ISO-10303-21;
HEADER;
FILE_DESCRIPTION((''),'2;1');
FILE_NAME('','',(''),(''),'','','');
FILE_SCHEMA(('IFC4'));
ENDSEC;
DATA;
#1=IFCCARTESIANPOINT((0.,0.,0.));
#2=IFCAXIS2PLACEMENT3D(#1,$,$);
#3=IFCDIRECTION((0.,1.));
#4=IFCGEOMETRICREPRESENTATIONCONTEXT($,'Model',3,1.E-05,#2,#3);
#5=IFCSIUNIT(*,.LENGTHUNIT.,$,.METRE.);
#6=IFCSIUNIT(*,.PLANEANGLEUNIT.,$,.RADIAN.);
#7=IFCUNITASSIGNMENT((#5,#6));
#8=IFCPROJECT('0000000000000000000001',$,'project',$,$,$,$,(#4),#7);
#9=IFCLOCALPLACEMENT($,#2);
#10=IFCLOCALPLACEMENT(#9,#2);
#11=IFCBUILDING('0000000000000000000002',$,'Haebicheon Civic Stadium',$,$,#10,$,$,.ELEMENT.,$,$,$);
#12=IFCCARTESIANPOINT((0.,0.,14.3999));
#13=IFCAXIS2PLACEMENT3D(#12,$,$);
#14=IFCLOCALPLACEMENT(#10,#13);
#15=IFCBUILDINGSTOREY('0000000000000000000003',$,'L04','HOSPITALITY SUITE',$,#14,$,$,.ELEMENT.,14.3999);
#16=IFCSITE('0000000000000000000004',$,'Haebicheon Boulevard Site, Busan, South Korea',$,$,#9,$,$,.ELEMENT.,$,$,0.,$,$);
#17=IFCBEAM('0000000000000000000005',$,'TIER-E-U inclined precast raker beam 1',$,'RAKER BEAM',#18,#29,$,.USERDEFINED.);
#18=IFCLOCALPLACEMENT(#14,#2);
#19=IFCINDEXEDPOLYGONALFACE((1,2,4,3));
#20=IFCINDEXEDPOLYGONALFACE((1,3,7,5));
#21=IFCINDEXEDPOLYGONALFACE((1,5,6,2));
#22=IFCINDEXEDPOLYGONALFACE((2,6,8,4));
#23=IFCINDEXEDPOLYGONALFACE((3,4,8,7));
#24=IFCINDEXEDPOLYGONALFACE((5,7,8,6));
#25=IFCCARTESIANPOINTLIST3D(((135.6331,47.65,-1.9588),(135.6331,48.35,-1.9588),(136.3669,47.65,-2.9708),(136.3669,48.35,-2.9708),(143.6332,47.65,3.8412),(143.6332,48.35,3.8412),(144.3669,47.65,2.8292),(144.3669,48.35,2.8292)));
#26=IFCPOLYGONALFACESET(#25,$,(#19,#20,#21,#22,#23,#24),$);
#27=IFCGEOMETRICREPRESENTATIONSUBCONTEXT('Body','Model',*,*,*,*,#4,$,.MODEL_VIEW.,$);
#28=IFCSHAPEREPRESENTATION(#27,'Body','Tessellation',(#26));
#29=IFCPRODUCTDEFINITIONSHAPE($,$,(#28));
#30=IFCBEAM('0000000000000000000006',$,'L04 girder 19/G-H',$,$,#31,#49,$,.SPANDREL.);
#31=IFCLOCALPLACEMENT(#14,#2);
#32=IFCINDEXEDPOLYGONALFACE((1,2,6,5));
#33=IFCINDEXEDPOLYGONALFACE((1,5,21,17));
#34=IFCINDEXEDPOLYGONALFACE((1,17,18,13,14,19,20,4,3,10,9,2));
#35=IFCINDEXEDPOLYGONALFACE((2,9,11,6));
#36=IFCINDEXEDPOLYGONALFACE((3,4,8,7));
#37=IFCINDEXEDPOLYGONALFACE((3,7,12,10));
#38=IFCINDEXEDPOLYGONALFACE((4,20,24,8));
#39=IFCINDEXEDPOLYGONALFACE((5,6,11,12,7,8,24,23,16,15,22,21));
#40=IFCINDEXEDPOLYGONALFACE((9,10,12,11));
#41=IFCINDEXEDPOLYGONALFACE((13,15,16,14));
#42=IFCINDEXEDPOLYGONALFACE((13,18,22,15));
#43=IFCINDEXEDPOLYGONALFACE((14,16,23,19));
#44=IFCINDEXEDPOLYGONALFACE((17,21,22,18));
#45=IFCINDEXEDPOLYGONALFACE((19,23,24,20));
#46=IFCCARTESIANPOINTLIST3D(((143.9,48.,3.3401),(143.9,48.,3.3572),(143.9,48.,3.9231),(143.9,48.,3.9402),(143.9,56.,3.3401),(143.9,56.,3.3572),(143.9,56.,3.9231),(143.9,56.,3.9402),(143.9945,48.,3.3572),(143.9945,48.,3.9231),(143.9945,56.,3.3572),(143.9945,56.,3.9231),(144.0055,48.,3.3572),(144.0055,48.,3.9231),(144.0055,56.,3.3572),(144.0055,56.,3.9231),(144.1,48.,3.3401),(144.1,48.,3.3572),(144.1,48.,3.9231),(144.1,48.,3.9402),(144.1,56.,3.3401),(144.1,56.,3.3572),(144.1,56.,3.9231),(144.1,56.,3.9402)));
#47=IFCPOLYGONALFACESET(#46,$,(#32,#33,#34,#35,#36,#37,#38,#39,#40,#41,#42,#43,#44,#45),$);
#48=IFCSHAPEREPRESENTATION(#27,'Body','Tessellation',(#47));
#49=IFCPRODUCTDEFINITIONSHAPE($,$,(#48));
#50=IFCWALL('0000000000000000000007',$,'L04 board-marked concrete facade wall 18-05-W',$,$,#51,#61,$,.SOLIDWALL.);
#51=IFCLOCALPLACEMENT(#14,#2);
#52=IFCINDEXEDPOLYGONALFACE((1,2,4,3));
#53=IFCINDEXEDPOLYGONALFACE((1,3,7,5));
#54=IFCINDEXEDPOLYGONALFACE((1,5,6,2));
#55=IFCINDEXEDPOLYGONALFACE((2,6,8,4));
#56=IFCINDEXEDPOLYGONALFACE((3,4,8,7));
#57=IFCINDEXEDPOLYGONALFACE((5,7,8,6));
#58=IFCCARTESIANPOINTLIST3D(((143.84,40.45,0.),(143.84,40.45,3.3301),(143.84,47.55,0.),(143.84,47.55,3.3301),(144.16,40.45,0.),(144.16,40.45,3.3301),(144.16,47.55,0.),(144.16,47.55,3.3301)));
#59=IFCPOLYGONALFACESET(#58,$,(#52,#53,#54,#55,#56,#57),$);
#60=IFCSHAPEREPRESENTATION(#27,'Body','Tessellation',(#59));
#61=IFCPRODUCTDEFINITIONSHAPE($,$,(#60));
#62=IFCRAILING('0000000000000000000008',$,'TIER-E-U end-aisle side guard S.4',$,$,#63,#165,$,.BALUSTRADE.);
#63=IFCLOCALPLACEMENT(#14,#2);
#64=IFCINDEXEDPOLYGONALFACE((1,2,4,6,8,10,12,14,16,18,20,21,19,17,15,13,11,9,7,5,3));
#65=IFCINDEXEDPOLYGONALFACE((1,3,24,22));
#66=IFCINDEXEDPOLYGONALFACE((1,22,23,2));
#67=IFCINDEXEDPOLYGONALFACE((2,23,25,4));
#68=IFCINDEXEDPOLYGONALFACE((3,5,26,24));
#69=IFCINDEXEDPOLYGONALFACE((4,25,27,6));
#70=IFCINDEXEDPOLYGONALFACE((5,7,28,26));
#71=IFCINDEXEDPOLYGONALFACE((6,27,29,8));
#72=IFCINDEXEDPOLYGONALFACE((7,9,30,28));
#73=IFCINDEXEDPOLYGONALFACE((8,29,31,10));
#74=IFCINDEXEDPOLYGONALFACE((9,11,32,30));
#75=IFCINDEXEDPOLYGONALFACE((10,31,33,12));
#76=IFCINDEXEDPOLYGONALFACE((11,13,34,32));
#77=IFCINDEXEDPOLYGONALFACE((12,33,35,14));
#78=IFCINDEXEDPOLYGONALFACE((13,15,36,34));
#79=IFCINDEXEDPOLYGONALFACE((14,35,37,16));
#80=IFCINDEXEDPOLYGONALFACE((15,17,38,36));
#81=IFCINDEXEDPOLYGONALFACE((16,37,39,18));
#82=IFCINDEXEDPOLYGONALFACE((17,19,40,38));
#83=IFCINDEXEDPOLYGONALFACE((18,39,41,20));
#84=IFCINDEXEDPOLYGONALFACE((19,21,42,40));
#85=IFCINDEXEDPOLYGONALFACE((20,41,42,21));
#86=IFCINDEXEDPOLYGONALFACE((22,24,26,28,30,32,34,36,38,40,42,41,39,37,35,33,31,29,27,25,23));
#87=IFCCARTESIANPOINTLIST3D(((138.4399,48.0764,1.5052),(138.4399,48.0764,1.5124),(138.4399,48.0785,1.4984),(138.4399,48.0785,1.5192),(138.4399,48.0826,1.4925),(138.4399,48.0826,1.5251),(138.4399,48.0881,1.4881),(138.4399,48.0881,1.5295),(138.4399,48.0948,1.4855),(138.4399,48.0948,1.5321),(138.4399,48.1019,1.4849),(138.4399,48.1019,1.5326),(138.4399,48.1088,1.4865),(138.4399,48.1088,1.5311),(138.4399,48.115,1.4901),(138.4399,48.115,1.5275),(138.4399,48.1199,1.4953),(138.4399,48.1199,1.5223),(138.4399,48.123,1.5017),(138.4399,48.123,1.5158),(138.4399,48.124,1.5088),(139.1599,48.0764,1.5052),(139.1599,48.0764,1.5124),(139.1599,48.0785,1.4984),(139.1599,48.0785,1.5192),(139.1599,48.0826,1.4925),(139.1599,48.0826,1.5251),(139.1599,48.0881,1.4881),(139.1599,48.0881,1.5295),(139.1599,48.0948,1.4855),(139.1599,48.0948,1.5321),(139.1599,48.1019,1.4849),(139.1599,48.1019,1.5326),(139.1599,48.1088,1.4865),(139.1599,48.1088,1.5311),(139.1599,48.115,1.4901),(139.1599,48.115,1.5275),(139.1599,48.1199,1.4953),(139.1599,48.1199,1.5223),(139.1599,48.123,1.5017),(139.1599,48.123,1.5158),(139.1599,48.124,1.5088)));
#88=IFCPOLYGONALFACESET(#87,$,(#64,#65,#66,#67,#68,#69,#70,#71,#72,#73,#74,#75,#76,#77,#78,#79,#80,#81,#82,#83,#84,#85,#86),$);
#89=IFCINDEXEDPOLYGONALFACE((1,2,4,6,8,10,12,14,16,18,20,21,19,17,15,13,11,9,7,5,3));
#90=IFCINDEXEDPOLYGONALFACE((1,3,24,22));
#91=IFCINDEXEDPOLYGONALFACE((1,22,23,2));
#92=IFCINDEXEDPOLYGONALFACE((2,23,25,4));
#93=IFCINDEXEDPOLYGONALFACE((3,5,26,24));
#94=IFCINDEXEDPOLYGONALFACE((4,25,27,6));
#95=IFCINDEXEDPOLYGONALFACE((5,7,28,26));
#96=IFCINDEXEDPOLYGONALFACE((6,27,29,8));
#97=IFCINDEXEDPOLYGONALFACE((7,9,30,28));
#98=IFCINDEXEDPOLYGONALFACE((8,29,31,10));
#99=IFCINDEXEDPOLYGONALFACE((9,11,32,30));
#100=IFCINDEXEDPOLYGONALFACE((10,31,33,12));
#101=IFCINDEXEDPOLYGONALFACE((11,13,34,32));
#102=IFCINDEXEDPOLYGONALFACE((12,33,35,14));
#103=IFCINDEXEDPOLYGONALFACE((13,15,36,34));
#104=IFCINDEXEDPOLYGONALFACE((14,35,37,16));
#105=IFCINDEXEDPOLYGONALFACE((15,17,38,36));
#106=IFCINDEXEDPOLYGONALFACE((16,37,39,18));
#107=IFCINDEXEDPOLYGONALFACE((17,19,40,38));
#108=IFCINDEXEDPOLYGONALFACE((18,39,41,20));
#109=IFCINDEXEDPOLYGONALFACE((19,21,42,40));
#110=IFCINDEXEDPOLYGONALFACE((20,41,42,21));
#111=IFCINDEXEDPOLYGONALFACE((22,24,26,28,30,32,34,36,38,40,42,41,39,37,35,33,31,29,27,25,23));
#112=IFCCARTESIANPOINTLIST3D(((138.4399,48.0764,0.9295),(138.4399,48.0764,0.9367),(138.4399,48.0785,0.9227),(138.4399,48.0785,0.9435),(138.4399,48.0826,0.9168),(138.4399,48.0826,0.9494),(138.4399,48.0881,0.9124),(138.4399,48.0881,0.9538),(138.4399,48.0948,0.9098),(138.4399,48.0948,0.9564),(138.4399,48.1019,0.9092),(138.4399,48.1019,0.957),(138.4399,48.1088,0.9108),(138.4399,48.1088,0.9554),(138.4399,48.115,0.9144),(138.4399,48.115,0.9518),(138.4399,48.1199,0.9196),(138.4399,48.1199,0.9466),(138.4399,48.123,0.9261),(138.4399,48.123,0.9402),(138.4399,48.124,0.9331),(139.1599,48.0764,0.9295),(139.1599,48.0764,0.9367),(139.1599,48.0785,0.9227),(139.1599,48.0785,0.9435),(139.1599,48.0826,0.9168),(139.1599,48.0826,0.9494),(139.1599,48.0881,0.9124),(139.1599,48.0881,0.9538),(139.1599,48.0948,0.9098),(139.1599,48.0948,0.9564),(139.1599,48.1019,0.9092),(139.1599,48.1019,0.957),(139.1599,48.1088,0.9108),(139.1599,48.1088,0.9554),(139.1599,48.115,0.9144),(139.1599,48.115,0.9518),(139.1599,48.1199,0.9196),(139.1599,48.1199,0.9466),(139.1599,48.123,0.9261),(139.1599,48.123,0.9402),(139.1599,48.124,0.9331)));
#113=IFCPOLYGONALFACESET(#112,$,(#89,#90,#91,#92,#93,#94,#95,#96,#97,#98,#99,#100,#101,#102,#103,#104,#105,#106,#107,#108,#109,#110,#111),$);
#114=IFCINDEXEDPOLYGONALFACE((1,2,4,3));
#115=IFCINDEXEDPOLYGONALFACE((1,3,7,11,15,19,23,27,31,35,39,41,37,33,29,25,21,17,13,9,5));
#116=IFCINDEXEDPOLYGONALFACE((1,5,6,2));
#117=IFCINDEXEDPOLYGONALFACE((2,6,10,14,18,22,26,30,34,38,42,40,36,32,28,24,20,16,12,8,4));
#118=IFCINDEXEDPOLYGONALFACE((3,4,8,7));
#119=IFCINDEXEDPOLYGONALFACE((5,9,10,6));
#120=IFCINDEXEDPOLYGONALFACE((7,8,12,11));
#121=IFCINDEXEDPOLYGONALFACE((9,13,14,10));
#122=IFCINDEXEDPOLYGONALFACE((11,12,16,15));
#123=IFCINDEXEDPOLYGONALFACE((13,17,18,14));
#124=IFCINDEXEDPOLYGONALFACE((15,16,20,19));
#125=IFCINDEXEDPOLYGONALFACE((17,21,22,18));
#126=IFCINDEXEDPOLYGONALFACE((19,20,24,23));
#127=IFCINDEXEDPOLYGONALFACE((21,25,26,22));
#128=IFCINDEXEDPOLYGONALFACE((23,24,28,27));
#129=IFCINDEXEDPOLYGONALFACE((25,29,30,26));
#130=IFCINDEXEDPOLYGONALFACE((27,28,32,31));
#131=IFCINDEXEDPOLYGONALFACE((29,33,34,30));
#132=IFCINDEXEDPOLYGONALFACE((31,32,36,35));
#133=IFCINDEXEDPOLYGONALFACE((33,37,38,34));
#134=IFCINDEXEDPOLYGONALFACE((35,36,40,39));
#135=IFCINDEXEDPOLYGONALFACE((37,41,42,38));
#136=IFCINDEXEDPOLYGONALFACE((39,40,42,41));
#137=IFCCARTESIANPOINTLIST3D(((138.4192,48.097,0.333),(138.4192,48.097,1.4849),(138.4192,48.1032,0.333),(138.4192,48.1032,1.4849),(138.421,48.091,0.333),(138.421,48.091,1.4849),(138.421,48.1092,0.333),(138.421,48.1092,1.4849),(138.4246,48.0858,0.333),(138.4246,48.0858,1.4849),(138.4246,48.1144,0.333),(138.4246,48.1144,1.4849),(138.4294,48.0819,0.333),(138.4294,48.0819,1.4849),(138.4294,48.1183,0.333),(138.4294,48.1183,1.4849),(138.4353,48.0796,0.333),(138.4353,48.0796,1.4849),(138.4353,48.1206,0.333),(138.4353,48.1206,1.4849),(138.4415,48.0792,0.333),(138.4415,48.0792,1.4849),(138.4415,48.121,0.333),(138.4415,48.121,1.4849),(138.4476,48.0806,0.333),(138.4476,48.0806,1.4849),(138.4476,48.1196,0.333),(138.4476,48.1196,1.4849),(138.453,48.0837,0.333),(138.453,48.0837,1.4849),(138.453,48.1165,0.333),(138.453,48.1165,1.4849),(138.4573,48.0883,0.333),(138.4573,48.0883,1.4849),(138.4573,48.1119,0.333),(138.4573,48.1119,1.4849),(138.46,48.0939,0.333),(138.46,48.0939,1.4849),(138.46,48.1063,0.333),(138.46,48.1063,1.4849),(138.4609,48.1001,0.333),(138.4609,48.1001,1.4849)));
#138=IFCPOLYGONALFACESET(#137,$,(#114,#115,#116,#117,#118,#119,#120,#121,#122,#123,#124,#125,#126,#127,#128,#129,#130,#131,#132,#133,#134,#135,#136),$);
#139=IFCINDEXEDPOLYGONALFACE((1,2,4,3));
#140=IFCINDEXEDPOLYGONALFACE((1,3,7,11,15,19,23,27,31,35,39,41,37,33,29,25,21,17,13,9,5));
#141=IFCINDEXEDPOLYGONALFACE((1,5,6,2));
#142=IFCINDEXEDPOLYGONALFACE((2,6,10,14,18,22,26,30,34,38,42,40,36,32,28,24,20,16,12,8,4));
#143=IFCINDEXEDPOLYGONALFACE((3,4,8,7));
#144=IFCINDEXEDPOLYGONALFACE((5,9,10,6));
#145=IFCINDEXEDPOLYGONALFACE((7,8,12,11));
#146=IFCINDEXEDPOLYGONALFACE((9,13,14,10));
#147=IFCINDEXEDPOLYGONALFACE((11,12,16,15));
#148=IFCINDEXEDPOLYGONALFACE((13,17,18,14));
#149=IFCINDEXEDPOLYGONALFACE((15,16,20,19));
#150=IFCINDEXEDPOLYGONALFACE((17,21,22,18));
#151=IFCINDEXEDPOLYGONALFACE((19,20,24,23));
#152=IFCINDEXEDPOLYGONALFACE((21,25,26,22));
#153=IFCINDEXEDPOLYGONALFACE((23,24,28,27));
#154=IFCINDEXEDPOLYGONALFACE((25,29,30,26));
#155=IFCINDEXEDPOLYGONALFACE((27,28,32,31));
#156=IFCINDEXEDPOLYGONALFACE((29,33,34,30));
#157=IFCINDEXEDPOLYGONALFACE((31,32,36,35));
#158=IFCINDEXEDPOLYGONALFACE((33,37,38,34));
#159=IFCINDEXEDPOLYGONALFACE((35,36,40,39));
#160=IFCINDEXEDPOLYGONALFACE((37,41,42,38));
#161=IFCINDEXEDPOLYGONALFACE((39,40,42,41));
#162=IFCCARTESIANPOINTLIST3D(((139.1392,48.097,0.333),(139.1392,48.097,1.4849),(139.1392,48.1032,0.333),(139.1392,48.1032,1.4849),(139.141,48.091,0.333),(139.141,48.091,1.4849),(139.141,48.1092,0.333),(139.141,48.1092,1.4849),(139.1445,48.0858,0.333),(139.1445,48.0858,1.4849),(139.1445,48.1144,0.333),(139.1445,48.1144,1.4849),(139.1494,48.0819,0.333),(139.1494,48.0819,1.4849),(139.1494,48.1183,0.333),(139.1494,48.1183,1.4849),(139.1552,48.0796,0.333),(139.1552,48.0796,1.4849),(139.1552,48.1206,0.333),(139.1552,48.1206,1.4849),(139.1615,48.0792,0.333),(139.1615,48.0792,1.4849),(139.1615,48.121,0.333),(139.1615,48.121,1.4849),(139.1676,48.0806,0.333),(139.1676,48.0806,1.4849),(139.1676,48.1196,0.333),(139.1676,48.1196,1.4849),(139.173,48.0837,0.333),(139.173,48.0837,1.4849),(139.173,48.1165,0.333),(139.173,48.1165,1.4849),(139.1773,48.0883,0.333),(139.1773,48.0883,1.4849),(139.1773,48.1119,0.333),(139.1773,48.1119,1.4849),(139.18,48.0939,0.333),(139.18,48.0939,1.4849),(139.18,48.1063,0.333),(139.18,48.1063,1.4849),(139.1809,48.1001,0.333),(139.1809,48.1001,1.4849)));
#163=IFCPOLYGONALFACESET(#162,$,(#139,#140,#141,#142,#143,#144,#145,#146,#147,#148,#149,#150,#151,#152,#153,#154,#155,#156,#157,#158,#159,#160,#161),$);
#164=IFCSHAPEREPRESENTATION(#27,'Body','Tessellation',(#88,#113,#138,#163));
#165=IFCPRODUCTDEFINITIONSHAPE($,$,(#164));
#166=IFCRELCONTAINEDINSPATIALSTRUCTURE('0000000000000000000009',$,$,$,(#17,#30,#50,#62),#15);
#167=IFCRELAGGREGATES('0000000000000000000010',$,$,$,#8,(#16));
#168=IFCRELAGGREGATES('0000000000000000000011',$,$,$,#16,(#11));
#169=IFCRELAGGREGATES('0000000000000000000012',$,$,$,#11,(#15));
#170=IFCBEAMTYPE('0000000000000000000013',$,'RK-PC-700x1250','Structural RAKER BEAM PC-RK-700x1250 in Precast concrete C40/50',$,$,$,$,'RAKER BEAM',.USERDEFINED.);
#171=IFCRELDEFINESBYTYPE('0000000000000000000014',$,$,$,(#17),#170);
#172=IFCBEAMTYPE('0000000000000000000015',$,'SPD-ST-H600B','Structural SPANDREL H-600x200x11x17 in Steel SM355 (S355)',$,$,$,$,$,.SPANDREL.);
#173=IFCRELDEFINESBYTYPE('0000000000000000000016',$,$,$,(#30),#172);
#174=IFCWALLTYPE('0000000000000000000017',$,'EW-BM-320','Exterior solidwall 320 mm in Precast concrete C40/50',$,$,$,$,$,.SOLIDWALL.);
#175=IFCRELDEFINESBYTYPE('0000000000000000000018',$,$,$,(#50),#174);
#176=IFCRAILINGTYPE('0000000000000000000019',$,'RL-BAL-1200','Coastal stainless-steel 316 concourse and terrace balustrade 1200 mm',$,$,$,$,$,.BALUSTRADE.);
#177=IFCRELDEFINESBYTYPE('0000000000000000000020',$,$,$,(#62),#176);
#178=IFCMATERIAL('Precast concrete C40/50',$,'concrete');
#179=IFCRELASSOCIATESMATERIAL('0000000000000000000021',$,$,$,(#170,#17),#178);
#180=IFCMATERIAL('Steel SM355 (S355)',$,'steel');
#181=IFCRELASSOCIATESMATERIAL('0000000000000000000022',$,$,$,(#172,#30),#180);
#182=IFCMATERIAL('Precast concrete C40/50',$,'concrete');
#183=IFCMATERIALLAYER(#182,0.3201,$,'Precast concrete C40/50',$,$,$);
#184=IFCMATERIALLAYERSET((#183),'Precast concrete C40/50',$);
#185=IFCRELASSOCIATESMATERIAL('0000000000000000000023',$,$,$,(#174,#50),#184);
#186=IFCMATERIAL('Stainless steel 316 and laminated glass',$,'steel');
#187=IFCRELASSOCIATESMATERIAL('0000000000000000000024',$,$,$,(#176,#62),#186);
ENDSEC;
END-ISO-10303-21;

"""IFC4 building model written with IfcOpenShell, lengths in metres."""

from ifc_helpers import new_model, si_unit, direction, frame, frame_2d, origin, origin_2d, place, context, subcontext, project, spatial, rectangle, circle, i_section, extrude, material, layer, layer_set, material_profile, profile_set, type_object, element, save


model = new_model("IFC4")

# Units and contexts
model_context = context("Model", 3, precision=1e-05, world=origin(), true_north=direction((0.0, 1.0)))
body_context = subcontext(model_context, "Body", "Model", "MODEL_VIEW")
ifc_project = project(units=[si_unit("LENGTHUNIT", "METRE"), si_unit("PLANEANGLEUNIT", "RADIAN")], contexts=[model_context])

# Site, building, storey
site_placement = place(None, origin())
site = spatial("IfcSite", under=ifc_project, at=site_placement, Name="Haebicheon Boulevard Site, Busan, South Korea", CompositionType="ELEMENT", RefElevation=0.0)
building_placement = place(site_placement, origin())
building = spatial("IfcBuilding", under=site, at=building_placement, Name="Haebicheon Civic Stadium", CompositionType="ELEMENT")
storey_placement = place(building_placement, frame((0.0, 0.0, 14.3999)))
storey = spatial("IfcBuildingStorey", under=building, at=storey_placement, Name="L04", Description="HOSPITALITY SUITE", CompositionType="ELEMENT", Elevation=14.3999)

# Beams
ifc_material_1 = material(Name="Precast concrete C40/50", Category="concrete")
ifc_material_profile_1 = material_profile(ifc_material_1, rectangle(XDim=0.7, YDim=1.25, at=origin_2d()), Name="PC-RK-700x1250")
ifc_profile_set_1 = profile_set([ifc_material_profile_1], Name="Precast concrete C40/50")
beam_type_1 = type_object("IfcBeamType", Name="RK-PC-700x1250", Description="Structural RAKER BEAM PC-RK-700x1250 in Precast concrete C40/50", ElementType="RAKER BEAM", PredefinedType="USERDEFINED", material=ifc_profile_set_1)
beam_1_placement = place(storey_placement, frame((136.0, 48.0, -2.4648), z_axis=(0.809608, 0.0, 0.586971), x_axis=(0.0, 1.0, 0.0)))
element("IfcBeam", 1, at=beam_1_placement, inside=storey, type_object=beam_type_1, material=ifc_profile_set_1, Name="TIER-E-U inclined precast raker beam 1", ObjectType="RAKER BEAM", PredefinedType="USERDEFINED", context=body_context, shape_type="SweptSolid", body=[
    extrude(rectangle(XDim=0.7, YDim=1.25, at=origin_2d()), origin(), (0.0, 0.0, 1.0), 9.8813),
])
ifc_material_2 = material(Name="Steel SM355 (S355)", Category="steel")
ifc_material_profile_2 = material_profile(ifc_material_2, i_section(OverallWidth=0.2, OverallDepth=0.6001, WebThickness=0.011, FlangeThickness=0.0171, at=origin_2d()), Name="H-600x200x11x17")
ifc_profile_set_2 = profile_set([ifc_material_profile_2], Name="Steel SM355 (S355)")
beam_type_2 = type_object("IfcBeamType", Name="SPD-ST-H600B", Description="Structural SPANDREL H-600x200x11x17 in Steel SM355 (S355)", PredefinedType="SPANDREL", material=ifc_profile_set_2)
beam_2_placement = place(storey_placement, frame((144.0, 48.0, 3.6401), z_axis=(0.0, 1.0, 0.0), x_axis=(-1.0, 0.0, 0.0)))
element("IfcBeam", 2, at=beam_2_placement, inside=storey, type_object=beam_type_2, material=ifc_profile_set_2, Name="L04 girder 19/G-H", PredefinedType="SPANDREL", context=body_context, shape_type="SweptSolid", body=[
    extrude(i_section(OverallWidth=0.2, OverallDepth=0.6001, WebThickness=0.011, FlangeThickness=0.0171, at=origin_2d()), origin(), (0.0, 0.0, 1.0), 8.0),
])

# Wall
ifc_material_3 = material(Name="Precast concrete C40/50", Category="concrete")
ifc_layer = layer(ifc_material_3, 0.3201, Name="Precast concrete C40/50")
ifc_layer_set = layer_set([ifc_layer], Name="Precast concrete C40/50")
wall_type = type_object("IfcWallType", Name="EW-BM-320", Description="Exterior solidwall 320 mm in Precast concrete C40/50", PredefinedType="SOLIDWALL", material=ifc_layer_set)
wall_placement = place(storey_placement, frame((144.0, 40.45, 0.0), z_axis=(0.0, 0.0, 1.0), x_axis=(0.0, 1.0, 0.0)))
element("IfcWall", 3, at=wall_placement, inside=storey, type_object=wall_type, material=ifc_layer_set, Name="L04 board-marked concrete facade wall 18-05-W", PredefinedType="SOLIDWALL", context=body_context, shape_type="SweptSolid", body=[
    extrude(rectangle(XDim=7.1001, YDim=0.3201, at=frame_2d((3.55, 0.0))), origin(), (0.0, 0.0, 1.0), 3.3301),
])

# Railing
ifc_material_4 = material(Name="Stainless steel 316 and laminated glass", Category="steel")
railing_type = type_object("IfcRailingType", Name="RL-BAL-1200", Description="Coastal stainless-steel 316 concourse and terrace balustrade 1200 mm", PredefinedType="BALUSTRADE", material=ifc_material_4)
for number, where, name in (
    (4, (138.4399, 48.1001, 0.333), "TIER-E-U end-aisle side guard S.4"),
):
    element("IfcRailing", number, at=place(storey_placement, frame(where)), inside=storey, type_object=railing_type, material=ifc_material_4, Name=name, PredefinedType="BALUSTRADE", context=body_context, shape_type="SweptSolid", body=[
        extrude(circle(Radius=0.0239, at=origin_2d()), frame((0.0, 0.0, 1.1758), z_axis=(1.0, 0.0, 0.0), x_axis=(0.0, 1.0, 0.0)), (0.0, 0.0, 1.0), 0.72),
        extrude(circle(Radius=0.0239, at=origin_2d()), frame((0.0, 0.0, 0.6001), z_axis=(1.0, 0.0, 0.0), x_axis=(0.0, 1.0, 0.0)), (0.0, 0.0, 1.0), 0.72),
        extrude(circle(Radius=0.021, at=origin_2d()), origin(), (0.0, 0.0, 1.0), 1.1519),
        extrude(circle(Radius=0.021, at=origin_2d()), frame((0.72, 0.0, 0.0)), (0.0, 0.0, 1.0), 1.1519),
    ])

save(model, "model.ifc")
